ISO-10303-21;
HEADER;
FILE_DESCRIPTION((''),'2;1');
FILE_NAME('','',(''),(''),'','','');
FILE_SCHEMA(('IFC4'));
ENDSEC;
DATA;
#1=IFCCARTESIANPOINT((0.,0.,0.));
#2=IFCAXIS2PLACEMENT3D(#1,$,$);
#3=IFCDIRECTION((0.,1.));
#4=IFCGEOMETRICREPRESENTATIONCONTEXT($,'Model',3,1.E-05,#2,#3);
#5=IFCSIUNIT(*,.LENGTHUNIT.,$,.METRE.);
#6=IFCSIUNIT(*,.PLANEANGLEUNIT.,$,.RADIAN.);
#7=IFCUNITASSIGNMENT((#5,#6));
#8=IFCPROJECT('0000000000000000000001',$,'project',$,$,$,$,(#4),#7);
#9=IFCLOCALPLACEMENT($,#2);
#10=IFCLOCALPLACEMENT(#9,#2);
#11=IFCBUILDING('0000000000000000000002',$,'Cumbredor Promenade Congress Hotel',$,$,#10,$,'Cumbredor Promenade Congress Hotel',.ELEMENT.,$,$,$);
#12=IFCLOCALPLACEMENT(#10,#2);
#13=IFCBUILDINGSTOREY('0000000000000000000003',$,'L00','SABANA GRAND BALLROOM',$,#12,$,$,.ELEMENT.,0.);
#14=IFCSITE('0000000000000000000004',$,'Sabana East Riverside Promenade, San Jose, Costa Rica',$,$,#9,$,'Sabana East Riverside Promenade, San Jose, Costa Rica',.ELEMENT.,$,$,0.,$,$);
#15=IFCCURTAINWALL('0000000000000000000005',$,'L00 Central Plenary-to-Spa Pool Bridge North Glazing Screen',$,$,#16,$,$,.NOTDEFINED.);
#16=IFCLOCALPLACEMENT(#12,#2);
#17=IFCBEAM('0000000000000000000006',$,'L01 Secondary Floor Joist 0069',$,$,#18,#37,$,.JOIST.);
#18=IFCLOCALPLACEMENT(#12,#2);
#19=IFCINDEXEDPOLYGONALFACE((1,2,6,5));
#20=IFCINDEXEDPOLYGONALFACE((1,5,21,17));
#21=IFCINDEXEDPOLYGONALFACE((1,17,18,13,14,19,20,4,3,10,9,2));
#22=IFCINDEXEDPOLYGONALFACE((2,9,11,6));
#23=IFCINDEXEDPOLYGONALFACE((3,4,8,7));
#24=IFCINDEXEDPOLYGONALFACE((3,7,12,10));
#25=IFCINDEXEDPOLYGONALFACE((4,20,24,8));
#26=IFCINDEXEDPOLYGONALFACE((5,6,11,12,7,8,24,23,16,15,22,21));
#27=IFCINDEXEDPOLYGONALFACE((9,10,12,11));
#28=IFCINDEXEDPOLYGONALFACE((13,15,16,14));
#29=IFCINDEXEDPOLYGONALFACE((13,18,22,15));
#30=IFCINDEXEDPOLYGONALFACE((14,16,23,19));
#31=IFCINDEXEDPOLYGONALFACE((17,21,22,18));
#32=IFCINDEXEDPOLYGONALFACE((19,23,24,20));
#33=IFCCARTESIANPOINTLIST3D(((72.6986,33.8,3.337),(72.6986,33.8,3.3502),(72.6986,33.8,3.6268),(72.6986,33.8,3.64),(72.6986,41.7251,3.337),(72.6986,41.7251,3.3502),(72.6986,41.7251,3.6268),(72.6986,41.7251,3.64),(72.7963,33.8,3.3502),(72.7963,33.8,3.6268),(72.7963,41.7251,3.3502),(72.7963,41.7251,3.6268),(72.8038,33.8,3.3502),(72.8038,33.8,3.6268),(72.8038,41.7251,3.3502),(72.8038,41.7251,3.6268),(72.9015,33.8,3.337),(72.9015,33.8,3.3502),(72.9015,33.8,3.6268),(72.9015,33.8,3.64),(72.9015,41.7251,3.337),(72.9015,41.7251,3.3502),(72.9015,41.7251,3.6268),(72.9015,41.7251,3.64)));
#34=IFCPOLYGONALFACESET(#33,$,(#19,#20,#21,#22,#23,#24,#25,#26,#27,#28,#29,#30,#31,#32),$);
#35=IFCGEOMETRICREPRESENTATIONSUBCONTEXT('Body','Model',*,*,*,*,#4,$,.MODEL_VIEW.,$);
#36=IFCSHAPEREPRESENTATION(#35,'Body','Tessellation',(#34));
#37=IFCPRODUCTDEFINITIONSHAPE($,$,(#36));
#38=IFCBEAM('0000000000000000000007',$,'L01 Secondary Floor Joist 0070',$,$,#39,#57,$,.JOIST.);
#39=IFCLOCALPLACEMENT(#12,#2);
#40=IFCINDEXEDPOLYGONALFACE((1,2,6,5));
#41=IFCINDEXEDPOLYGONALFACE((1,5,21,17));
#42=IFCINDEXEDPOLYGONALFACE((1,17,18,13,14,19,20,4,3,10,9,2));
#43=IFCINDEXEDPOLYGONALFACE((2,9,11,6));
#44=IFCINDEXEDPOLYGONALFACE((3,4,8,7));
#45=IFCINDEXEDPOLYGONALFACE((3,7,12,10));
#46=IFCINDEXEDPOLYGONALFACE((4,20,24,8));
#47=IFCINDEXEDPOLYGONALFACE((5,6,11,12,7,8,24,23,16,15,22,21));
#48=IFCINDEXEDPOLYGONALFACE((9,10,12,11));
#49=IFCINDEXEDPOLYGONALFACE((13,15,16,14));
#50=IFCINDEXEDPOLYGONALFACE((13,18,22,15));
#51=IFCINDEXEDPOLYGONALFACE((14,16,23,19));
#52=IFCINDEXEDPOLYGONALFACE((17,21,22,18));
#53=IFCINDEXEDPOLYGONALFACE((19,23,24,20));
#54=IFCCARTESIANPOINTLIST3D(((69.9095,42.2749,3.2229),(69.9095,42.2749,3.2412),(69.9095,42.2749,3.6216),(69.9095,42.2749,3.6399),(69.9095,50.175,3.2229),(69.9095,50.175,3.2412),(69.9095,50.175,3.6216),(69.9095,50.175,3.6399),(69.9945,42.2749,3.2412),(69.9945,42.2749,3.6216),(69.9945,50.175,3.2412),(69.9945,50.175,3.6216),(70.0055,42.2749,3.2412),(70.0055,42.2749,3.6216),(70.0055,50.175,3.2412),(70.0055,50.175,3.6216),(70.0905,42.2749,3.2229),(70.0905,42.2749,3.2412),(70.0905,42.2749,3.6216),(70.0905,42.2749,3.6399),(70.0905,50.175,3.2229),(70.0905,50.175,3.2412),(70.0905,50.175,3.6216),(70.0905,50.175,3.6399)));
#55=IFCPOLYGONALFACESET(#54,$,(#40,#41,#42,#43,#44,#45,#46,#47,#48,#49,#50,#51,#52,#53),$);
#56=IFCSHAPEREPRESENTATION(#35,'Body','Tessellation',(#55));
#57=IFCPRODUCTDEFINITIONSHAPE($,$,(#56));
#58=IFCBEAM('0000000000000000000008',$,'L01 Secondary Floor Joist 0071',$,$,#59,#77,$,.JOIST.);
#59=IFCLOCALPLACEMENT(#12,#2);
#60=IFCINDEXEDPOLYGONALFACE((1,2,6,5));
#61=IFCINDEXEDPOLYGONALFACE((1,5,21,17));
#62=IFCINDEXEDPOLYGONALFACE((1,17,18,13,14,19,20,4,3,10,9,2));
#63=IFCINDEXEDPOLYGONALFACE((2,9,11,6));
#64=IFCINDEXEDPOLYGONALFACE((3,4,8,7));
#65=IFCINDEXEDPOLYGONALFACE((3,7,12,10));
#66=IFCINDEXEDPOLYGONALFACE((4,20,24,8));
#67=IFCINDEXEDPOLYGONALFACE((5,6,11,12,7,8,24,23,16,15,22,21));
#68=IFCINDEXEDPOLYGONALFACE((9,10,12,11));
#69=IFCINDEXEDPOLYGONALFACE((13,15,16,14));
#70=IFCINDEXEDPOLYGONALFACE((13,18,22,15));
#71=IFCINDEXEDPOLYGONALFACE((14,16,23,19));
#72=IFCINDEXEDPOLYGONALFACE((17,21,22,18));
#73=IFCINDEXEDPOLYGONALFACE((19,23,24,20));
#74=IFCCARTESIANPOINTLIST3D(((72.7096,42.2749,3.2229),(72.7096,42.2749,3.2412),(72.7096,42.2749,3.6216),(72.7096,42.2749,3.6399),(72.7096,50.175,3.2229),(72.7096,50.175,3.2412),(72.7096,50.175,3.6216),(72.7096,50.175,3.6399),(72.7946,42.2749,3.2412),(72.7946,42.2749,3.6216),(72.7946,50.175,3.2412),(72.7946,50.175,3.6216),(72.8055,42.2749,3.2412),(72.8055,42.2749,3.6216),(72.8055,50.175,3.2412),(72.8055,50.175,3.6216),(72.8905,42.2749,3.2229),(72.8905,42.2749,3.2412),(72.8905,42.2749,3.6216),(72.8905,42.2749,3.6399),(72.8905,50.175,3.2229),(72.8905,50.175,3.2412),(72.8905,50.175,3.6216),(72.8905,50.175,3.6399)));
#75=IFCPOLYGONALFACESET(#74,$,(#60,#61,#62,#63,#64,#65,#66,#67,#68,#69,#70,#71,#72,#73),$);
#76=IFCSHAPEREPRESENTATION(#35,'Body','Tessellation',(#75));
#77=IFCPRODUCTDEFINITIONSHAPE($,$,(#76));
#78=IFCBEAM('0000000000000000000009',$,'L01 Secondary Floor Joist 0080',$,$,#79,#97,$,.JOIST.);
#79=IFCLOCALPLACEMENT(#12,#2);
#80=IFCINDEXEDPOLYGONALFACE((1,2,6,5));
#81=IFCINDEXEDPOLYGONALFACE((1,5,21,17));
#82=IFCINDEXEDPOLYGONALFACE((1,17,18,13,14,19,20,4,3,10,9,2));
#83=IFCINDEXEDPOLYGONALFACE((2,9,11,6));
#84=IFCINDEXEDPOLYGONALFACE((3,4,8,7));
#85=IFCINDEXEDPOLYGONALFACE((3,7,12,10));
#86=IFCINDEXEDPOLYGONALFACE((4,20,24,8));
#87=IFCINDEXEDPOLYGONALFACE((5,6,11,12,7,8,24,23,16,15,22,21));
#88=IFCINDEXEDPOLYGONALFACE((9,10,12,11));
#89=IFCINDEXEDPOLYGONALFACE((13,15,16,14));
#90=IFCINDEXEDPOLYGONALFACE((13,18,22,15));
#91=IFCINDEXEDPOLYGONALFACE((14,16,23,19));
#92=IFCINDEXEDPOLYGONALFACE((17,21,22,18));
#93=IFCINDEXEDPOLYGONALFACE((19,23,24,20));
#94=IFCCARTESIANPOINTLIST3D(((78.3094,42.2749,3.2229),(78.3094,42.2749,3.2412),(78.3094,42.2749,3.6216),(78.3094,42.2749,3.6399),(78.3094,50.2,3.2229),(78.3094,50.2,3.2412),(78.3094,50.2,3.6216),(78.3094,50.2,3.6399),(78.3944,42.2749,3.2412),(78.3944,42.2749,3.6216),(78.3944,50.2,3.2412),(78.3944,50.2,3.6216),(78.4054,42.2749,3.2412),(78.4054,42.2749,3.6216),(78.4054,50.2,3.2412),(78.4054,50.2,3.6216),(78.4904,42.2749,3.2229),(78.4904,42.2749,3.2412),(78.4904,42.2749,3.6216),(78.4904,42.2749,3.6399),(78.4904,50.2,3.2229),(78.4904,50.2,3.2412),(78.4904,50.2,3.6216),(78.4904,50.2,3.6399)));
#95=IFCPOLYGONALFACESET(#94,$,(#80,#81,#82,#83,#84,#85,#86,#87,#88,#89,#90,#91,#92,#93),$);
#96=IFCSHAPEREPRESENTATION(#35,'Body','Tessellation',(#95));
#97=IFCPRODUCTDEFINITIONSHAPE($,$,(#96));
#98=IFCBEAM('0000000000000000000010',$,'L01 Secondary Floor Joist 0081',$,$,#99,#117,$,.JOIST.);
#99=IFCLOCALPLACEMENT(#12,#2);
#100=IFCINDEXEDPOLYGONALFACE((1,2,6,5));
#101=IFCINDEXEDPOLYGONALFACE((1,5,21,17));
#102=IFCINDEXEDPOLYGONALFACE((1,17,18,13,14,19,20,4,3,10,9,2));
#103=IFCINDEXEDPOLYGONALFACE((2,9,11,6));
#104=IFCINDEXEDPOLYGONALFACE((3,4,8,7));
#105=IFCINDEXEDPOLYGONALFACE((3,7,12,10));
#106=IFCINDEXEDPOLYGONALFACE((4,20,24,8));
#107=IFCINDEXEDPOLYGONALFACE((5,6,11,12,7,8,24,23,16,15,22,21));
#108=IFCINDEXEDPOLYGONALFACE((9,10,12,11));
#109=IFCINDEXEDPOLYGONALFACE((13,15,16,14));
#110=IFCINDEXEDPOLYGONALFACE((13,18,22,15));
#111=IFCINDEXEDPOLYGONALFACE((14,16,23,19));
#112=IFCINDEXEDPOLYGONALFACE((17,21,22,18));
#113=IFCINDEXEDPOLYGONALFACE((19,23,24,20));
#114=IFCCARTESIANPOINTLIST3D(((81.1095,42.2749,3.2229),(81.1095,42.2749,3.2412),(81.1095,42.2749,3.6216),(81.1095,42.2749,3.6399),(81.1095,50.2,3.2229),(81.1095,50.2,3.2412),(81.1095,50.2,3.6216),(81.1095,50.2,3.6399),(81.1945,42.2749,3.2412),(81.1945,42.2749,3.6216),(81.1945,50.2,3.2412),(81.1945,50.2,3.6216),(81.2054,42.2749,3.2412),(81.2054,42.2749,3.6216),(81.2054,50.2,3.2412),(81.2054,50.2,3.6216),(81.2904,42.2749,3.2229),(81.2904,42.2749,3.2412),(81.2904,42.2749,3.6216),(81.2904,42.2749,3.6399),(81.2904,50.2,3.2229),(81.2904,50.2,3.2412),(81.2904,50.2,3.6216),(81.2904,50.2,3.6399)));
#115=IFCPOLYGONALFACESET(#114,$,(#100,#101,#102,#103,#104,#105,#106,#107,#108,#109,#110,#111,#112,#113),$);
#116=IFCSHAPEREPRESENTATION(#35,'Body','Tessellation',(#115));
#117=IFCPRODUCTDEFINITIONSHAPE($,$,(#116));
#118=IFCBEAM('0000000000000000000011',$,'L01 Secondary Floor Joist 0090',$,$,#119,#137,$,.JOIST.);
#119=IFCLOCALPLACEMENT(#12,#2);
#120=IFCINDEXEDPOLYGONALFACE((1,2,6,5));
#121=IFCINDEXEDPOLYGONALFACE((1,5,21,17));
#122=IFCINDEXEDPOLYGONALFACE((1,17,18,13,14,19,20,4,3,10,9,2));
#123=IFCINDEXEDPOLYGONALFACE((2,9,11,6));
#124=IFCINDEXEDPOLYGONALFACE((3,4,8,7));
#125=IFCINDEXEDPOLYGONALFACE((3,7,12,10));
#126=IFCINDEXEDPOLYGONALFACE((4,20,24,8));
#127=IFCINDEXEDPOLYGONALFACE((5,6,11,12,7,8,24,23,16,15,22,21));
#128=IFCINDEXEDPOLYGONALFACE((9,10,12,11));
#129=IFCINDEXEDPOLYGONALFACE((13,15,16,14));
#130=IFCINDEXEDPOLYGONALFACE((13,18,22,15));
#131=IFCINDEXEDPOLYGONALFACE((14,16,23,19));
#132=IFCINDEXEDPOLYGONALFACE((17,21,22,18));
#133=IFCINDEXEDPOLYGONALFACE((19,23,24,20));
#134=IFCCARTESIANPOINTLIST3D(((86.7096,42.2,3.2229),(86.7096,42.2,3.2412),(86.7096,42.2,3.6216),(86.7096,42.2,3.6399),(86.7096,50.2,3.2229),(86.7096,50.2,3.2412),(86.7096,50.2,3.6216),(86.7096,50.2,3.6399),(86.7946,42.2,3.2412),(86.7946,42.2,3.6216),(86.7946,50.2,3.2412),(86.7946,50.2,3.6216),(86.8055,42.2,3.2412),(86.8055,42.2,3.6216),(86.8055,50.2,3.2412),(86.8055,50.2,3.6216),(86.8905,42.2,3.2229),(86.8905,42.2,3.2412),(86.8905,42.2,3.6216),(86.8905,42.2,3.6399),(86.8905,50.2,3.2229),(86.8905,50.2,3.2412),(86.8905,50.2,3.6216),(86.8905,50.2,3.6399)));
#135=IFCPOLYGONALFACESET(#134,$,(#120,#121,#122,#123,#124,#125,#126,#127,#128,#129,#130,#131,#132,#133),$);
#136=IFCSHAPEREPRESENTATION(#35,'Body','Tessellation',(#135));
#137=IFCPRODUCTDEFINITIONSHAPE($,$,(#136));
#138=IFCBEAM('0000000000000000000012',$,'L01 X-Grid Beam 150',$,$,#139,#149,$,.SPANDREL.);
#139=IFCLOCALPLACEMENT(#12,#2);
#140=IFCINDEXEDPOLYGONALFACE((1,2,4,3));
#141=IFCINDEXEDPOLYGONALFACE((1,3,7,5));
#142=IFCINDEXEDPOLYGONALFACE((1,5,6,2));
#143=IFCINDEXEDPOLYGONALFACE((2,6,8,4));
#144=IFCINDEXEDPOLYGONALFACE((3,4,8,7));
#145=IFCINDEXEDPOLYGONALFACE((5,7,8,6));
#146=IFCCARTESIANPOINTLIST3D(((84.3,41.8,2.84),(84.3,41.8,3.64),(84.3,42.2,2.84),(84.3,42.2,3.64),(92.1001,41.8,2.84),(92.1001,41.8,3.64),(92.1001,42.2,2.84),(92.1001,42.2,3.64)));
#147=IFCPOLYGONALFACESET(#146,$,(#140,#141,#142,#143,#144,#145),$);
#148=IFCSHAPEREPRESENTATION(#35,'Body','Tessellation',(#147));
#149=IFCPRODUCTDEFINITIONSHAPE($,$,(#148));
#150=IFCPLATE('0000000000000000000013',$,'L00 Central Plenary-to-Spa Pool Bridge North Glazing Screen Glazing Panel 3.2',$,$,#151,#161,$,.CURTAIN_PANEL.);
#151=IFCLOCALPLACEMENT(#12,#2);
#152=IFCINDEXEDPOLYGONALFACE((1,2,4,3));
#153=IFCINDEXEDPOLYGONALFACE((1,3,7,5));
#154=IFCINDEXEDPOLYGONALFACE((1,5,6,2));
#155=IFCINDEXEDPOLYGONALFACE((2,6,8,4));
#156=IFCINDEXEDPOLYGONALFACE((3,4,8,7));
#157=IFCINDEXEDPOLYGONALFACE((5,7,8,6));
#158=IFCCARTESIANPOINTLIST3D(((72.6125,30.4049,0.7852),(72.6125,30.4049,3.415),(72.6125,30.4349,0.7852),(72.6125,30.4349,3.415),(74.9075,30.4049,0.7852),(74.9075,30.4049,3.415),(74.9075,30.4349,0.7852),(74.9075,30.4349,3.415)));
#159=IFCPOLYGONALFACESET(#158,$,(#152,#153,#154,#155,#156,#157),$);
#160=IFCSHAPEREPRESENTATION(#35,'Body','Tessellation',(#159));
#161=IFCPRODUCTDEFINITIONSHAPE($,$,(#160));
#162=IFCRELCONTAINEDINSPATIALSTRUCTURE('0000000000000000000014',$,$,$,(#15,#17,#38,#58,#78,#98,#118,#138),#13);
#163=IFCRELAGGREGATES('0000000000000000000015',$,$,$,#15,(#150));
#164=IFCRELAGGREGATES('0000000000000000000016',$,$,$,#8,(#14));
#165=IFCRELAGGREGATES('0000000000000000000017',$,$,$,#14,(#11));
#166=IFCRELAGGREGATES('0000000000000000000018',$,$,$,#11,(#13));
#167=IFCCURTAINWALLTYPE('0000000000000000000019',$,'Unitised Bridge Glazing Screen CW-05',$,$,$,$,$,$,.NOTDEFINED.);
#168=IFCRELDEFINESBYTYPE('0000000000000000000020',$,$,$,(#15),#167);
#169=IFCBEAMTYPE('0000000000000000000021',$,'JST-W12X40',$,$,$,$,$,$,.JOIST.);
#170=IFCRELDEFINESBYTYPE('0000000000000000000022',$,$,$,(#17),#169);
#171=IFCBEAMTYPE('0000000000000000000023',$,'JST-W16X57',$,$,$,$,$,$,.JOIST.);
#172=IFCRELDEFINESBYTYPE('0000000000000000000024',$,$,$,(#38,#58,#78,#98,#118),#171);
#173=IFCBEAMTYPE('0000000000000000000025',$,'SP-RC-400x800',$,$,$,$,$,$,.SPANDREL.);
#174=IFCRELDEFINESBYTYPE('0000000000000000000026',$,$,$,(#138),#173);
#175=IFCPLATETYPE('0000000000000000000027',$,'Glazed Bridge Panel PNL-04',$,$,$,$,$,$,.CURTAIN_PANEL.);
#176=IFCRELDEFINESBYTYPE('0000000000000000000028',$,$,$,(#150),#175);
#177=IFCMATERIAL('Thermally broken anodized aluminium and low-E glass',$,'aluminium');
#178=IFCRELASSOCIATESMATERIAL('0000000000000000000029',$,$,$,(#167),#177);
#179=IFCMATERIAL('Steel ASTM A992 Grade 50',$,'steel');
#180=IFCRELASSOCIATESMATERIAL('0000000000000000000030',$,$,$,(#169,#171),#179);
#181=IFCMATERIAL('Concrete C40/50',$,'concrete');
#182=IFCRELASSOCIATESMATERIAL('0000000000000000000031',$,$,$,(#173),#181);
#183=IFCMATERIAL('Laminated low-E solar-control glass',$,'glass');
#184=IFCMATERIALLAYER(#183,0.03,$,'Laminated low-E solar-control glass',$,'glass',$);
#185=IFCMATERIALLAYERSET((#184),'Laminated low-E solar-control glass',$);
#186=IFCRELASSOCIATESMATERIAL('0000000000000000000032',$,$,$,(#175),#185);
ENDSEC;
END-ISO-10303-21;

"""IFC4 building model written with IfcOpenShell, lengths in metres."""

from ifc_helpers import new_model, si_unit, direction, frame, origin, origin_2d, place, context, subcontext, project, spatial, rectangle, i_section, extrude, material, layer, layer_set, material_profile, profile_set, type_object, element, aggregate, save


model = new_model("IFC4")

# Units and contexts
model_context = context("Model", 3, precision=1e-05, world=origin(), true_north=direction((0.0, 1.0)))
body_context = subcontext(model_context, "Body", "Model", "MODEL_VIEW")
ifc_project = project(units=[si_unit("LENGTHUNIT", "METRE"), si_unit("PLANEANGLEUNIT", "RADIAN")], contexts=[model_context])

# Site, building, storey
site_placement = place(None, origin())
site = spatial("IfcSite", under=ifc_project, at=site_placement, Name="Sabana East Riverside Promenade, San Jose, Costa Rica", LongName="Sabana East Riverside Promenade, San Jose, Costa Rica", CompositionType="ELEMENT", RefElevation=0.0)
building_placement = place(site_placement, origin())
building = spatial("IfcBuilding", under=site, at=building_placement, Name="Cumbredor Promenade Congress Hotel", LongName="Cumbredor Promenade Congress Hotel", CompositionType="ELEMENT")
storey_placement = place(building_placement, origin())
storey = spatial("IfcBuildingStorey", under=building, at=storey_placement, Name="L00", Description="SABANA GRAND BALLROOM", CompositionType="ELEMENT", Elevation=0.0)

# Shared definitions
ifc_material_1 = material(Name="Concrete C40/50", Category="concrete")

# Shared definitions
ifc_material_2 = material(Name="Steel ASTM A992 Grade 50", Category="steel")

# Curtain wall
ifc_material_3 = material(Name="Thermally broken anodized aluminium and low-E glass", Category="aluminium")
curtain_wall_type_1 = type_object("IfcCurtainWallType", Name="Unitised Bridge Glazing Screen CW-05", PredefinedType="NOTDEFINED", material=ifc_material_3)
curtain_wall_1_placement = place(storey_placement, origin())
curtain_wall_1 = element("IfcCurtainWall", 1, at=curtain_wall_1_placement, inside=storey, type_object=curtain_wall_type_1, Name="L00 Central Plenary-to-Spa Pool Bridge North Glazing Screen", PredefinedType="NOTDEFINED")

# Beams
ifc_material_profile_1 = material_profile(ifc_material_2, i_section(OverallWidth=0.2029, OverallDepth=0.303, WebThickness=0.0076, FlangeThickness=0.0132, at=origin_2d()), Name="W12X40")
ifc_profile_set_1 = profile_set([ifc_material_profile_1], Name="Steel ASTM A992 Grade 50")
beam_type_1 = type_object("IfcBeamType", Name="JST-W12X40", PredefinedType="JOIST", material=ifc_profile_set_1)
for number, where, z_axis, x_axis, name in (
    (2, (72.8, 33.8, 3.4885), (0.0, 1.0, 0.0), (-1.0, 0.0, 0.0), "L01 Secondary Floor Joist 0069"),
):
    element("IfcBeam", number, at=place(storey_placement, frame(where, z_axis=z_axis, x_axis=x_axis)), inside=storey, type_object=beam_type_1, Name=name, PredefinedType="JOIST", context=body_context, shape_type="SweptSolid", body=[
        extrude(i_section(OverallWidth=0.2029, OverallDepth=0.303, WebThickness=0.0076, FlangeThickness=0.0132, at=origin_2d()), origin(), (0.0, 0.0, 1.0), 7.925),
    ])
ifc_material_profile_2 = material_profile(ifc_material_2, i_section(OverallWidth=0.1809, OverallDepth=0.417, WebThickness=0.011, FlangeThickness=0.0183, at=origin_2d()), Name="W16X57")
ifc_profile_set_2 = profile_set([ifc_material_profile_2], Name="Steel ASTM A992 Grade 50")
beam_type_2 = type_object("IfcBeamType", Name="JST-W16X57", PredefinedType="JOIST", material=ifc_profile_set_2)
for number, where, z_axis, x_axis, name in (
    (3, (70.0, 42.2749, 3.4314), (0.0, 1.0, 0.0), (-1.0, 0.0, 0.0), "L01 Secondary Floor Joist 0070"),
    (4, (72.8, 42.2749, 3.4314), (0.0, 1.0, 0.0), (-1.0, 0.0, 0.0), "L01 Secondary Floor Joist 0071"),
):
    element("IfcBeam", number, at=place(storey_placement, frame(where, z_axis=z_axis, x_axis=x_axis)), inside=storey, type_object=beam_type_2, Name=name, PredefinedType="JOIST", context=body_context, shape_type="SweptSolid", body=[
        extrude(i_section(OverallWidth=0.1809, OverallDepth=0.417, WebThickness=0.011, FlangeThickness=0.0183, at=origin_2d()), origin(), (0.0, 0.0, 1.0), 7.9001),
    ])
for number, where, z_axis, x_axis, name in (
    (5, (78.3999, 42.2749, 3.4314), (0.0, 1.0, 0.0), (-1.0, 0.0, 0.0), "L01 Secondary Floor Joist 0080"),
    (6, (81.2, 42.2749, 3.4314), (0.0, 1.0, 0.0), (-1.0, 0.0, 0.0), "L01 Secondary Floor Joist 0081"),
):
    element("IfcBeam", number, at=place(storey_placement, frame(where, z_axis=z_axis, x_axis=x_axis)), inside=storey, type_object=beam_type_2, Name=name, PredefinedType="JOIST", context=body_context, shape_type="SweptSolid", body=[
        extrude(i_section(OverallWidth=0.1809, OverallDepth=0.417, WebThickness=0.011, FlangeThickness=0.0183, at=origin_2d()), origin(), (0.0, 0.0, 1.0), 7.925),
    ])
beam_1_placement = place(storey_placement, frame((86.8, 42.2, 3.4314), z_axis=(0.0, 1.0, 0.0), x_axis=(-1.0, 0.0, 0.0)))
element("IfcBeam", 7, at=beam_1_placement, inside=storey, type_object=beam_type_2, Name="L01 Secondary Floor Joist 0090", PredefinedType="JOIST", context=body_context, shape_type="SweptSolid", body=[
    extrude(i_section(OverallWidth=0.1809, OverallDepth=0.417, WebThickness=0.011, FlangeThickness=0.0183, at=origin_2d()), origin(), (0.0, 0.0, 1.0), 8.0),
])
ifc_material_profile_3 = material_profile(ifc_material_1, rectangle(XDim=0.3999, YDim=0.8, at=origin_2d()), Name="RC SPANDREL 400x800")
ifc_profile_set_3 = profile_set([ifc_material_profile_3], Name="Concrete C40/50")
beam_type_3 = type_object("IfcBeamType", Name="SP-RC-400x800", PredefinedType="SPANDREL", material=ifc_profile_set_3)
beam_2_placement = place(storey_placement, frame((84.3, 42.0, 3.24), z_axis=(1.0, 0.0, 0.0), x_axis=(0.0, 1.0, 0.0)))
element("IfcBeam", 8, at=beam_2_placement, inside=storey, type_object=beam_type_3, Name="L01 X-Grid Beam 150", PredefinedType="SPANDREL", context=body_context, shape_type="SweptSolid", body=[
    extrude(rectangle(XDim=0.3999, YDim=0.8, at=origin_2d()), origin(), (0.0, 0.0, 1.0), 7.8),
])

# Plate
ifc_material_4 = material(Name="Laminated low-E solar-control glass", Category="glass")
ifc_layer_1 = layer(ifc_material_4, 0.03, Name="Laminated low-E solar-control glass", Category="glass")
ifc_layer_set_1 = layer_set([ifc_layer_1], Name="Laminated low-E solar-control glass")
plate_type = type_object("IfcPlateType", Name="Glazed Bridge Panel PNL-04", PredefinedType="CURTAIN_PANEL", material=ifc_layer_set_1)
plate_placement = place(storey_placement, frame((73.76, 30.4199, 0.7852), z_axis=(0.0, 0.0, 1.0), x_axis=(1.0, 0.0, 0.0)))
plate = element("IfcPlate", 9, at=plate_placement, type_object=plate_type, Name="L00 Central Plenary-to-Spa Pool Bridge North Glazing Screen Glazing Panel 3.2", PredefinedType="CURTAIN_PANEL", context=body_context, shape_type="SweptSolid", body=[
    extrude(rectangle(XDim=2.2949, YDim=0.03, at=origin_2d()), origin(), (0.0, 0.0, 1.0), 2.6299),
])
aggregate(curtain_wall_1, [plate])

save(model, "model.ifc")
